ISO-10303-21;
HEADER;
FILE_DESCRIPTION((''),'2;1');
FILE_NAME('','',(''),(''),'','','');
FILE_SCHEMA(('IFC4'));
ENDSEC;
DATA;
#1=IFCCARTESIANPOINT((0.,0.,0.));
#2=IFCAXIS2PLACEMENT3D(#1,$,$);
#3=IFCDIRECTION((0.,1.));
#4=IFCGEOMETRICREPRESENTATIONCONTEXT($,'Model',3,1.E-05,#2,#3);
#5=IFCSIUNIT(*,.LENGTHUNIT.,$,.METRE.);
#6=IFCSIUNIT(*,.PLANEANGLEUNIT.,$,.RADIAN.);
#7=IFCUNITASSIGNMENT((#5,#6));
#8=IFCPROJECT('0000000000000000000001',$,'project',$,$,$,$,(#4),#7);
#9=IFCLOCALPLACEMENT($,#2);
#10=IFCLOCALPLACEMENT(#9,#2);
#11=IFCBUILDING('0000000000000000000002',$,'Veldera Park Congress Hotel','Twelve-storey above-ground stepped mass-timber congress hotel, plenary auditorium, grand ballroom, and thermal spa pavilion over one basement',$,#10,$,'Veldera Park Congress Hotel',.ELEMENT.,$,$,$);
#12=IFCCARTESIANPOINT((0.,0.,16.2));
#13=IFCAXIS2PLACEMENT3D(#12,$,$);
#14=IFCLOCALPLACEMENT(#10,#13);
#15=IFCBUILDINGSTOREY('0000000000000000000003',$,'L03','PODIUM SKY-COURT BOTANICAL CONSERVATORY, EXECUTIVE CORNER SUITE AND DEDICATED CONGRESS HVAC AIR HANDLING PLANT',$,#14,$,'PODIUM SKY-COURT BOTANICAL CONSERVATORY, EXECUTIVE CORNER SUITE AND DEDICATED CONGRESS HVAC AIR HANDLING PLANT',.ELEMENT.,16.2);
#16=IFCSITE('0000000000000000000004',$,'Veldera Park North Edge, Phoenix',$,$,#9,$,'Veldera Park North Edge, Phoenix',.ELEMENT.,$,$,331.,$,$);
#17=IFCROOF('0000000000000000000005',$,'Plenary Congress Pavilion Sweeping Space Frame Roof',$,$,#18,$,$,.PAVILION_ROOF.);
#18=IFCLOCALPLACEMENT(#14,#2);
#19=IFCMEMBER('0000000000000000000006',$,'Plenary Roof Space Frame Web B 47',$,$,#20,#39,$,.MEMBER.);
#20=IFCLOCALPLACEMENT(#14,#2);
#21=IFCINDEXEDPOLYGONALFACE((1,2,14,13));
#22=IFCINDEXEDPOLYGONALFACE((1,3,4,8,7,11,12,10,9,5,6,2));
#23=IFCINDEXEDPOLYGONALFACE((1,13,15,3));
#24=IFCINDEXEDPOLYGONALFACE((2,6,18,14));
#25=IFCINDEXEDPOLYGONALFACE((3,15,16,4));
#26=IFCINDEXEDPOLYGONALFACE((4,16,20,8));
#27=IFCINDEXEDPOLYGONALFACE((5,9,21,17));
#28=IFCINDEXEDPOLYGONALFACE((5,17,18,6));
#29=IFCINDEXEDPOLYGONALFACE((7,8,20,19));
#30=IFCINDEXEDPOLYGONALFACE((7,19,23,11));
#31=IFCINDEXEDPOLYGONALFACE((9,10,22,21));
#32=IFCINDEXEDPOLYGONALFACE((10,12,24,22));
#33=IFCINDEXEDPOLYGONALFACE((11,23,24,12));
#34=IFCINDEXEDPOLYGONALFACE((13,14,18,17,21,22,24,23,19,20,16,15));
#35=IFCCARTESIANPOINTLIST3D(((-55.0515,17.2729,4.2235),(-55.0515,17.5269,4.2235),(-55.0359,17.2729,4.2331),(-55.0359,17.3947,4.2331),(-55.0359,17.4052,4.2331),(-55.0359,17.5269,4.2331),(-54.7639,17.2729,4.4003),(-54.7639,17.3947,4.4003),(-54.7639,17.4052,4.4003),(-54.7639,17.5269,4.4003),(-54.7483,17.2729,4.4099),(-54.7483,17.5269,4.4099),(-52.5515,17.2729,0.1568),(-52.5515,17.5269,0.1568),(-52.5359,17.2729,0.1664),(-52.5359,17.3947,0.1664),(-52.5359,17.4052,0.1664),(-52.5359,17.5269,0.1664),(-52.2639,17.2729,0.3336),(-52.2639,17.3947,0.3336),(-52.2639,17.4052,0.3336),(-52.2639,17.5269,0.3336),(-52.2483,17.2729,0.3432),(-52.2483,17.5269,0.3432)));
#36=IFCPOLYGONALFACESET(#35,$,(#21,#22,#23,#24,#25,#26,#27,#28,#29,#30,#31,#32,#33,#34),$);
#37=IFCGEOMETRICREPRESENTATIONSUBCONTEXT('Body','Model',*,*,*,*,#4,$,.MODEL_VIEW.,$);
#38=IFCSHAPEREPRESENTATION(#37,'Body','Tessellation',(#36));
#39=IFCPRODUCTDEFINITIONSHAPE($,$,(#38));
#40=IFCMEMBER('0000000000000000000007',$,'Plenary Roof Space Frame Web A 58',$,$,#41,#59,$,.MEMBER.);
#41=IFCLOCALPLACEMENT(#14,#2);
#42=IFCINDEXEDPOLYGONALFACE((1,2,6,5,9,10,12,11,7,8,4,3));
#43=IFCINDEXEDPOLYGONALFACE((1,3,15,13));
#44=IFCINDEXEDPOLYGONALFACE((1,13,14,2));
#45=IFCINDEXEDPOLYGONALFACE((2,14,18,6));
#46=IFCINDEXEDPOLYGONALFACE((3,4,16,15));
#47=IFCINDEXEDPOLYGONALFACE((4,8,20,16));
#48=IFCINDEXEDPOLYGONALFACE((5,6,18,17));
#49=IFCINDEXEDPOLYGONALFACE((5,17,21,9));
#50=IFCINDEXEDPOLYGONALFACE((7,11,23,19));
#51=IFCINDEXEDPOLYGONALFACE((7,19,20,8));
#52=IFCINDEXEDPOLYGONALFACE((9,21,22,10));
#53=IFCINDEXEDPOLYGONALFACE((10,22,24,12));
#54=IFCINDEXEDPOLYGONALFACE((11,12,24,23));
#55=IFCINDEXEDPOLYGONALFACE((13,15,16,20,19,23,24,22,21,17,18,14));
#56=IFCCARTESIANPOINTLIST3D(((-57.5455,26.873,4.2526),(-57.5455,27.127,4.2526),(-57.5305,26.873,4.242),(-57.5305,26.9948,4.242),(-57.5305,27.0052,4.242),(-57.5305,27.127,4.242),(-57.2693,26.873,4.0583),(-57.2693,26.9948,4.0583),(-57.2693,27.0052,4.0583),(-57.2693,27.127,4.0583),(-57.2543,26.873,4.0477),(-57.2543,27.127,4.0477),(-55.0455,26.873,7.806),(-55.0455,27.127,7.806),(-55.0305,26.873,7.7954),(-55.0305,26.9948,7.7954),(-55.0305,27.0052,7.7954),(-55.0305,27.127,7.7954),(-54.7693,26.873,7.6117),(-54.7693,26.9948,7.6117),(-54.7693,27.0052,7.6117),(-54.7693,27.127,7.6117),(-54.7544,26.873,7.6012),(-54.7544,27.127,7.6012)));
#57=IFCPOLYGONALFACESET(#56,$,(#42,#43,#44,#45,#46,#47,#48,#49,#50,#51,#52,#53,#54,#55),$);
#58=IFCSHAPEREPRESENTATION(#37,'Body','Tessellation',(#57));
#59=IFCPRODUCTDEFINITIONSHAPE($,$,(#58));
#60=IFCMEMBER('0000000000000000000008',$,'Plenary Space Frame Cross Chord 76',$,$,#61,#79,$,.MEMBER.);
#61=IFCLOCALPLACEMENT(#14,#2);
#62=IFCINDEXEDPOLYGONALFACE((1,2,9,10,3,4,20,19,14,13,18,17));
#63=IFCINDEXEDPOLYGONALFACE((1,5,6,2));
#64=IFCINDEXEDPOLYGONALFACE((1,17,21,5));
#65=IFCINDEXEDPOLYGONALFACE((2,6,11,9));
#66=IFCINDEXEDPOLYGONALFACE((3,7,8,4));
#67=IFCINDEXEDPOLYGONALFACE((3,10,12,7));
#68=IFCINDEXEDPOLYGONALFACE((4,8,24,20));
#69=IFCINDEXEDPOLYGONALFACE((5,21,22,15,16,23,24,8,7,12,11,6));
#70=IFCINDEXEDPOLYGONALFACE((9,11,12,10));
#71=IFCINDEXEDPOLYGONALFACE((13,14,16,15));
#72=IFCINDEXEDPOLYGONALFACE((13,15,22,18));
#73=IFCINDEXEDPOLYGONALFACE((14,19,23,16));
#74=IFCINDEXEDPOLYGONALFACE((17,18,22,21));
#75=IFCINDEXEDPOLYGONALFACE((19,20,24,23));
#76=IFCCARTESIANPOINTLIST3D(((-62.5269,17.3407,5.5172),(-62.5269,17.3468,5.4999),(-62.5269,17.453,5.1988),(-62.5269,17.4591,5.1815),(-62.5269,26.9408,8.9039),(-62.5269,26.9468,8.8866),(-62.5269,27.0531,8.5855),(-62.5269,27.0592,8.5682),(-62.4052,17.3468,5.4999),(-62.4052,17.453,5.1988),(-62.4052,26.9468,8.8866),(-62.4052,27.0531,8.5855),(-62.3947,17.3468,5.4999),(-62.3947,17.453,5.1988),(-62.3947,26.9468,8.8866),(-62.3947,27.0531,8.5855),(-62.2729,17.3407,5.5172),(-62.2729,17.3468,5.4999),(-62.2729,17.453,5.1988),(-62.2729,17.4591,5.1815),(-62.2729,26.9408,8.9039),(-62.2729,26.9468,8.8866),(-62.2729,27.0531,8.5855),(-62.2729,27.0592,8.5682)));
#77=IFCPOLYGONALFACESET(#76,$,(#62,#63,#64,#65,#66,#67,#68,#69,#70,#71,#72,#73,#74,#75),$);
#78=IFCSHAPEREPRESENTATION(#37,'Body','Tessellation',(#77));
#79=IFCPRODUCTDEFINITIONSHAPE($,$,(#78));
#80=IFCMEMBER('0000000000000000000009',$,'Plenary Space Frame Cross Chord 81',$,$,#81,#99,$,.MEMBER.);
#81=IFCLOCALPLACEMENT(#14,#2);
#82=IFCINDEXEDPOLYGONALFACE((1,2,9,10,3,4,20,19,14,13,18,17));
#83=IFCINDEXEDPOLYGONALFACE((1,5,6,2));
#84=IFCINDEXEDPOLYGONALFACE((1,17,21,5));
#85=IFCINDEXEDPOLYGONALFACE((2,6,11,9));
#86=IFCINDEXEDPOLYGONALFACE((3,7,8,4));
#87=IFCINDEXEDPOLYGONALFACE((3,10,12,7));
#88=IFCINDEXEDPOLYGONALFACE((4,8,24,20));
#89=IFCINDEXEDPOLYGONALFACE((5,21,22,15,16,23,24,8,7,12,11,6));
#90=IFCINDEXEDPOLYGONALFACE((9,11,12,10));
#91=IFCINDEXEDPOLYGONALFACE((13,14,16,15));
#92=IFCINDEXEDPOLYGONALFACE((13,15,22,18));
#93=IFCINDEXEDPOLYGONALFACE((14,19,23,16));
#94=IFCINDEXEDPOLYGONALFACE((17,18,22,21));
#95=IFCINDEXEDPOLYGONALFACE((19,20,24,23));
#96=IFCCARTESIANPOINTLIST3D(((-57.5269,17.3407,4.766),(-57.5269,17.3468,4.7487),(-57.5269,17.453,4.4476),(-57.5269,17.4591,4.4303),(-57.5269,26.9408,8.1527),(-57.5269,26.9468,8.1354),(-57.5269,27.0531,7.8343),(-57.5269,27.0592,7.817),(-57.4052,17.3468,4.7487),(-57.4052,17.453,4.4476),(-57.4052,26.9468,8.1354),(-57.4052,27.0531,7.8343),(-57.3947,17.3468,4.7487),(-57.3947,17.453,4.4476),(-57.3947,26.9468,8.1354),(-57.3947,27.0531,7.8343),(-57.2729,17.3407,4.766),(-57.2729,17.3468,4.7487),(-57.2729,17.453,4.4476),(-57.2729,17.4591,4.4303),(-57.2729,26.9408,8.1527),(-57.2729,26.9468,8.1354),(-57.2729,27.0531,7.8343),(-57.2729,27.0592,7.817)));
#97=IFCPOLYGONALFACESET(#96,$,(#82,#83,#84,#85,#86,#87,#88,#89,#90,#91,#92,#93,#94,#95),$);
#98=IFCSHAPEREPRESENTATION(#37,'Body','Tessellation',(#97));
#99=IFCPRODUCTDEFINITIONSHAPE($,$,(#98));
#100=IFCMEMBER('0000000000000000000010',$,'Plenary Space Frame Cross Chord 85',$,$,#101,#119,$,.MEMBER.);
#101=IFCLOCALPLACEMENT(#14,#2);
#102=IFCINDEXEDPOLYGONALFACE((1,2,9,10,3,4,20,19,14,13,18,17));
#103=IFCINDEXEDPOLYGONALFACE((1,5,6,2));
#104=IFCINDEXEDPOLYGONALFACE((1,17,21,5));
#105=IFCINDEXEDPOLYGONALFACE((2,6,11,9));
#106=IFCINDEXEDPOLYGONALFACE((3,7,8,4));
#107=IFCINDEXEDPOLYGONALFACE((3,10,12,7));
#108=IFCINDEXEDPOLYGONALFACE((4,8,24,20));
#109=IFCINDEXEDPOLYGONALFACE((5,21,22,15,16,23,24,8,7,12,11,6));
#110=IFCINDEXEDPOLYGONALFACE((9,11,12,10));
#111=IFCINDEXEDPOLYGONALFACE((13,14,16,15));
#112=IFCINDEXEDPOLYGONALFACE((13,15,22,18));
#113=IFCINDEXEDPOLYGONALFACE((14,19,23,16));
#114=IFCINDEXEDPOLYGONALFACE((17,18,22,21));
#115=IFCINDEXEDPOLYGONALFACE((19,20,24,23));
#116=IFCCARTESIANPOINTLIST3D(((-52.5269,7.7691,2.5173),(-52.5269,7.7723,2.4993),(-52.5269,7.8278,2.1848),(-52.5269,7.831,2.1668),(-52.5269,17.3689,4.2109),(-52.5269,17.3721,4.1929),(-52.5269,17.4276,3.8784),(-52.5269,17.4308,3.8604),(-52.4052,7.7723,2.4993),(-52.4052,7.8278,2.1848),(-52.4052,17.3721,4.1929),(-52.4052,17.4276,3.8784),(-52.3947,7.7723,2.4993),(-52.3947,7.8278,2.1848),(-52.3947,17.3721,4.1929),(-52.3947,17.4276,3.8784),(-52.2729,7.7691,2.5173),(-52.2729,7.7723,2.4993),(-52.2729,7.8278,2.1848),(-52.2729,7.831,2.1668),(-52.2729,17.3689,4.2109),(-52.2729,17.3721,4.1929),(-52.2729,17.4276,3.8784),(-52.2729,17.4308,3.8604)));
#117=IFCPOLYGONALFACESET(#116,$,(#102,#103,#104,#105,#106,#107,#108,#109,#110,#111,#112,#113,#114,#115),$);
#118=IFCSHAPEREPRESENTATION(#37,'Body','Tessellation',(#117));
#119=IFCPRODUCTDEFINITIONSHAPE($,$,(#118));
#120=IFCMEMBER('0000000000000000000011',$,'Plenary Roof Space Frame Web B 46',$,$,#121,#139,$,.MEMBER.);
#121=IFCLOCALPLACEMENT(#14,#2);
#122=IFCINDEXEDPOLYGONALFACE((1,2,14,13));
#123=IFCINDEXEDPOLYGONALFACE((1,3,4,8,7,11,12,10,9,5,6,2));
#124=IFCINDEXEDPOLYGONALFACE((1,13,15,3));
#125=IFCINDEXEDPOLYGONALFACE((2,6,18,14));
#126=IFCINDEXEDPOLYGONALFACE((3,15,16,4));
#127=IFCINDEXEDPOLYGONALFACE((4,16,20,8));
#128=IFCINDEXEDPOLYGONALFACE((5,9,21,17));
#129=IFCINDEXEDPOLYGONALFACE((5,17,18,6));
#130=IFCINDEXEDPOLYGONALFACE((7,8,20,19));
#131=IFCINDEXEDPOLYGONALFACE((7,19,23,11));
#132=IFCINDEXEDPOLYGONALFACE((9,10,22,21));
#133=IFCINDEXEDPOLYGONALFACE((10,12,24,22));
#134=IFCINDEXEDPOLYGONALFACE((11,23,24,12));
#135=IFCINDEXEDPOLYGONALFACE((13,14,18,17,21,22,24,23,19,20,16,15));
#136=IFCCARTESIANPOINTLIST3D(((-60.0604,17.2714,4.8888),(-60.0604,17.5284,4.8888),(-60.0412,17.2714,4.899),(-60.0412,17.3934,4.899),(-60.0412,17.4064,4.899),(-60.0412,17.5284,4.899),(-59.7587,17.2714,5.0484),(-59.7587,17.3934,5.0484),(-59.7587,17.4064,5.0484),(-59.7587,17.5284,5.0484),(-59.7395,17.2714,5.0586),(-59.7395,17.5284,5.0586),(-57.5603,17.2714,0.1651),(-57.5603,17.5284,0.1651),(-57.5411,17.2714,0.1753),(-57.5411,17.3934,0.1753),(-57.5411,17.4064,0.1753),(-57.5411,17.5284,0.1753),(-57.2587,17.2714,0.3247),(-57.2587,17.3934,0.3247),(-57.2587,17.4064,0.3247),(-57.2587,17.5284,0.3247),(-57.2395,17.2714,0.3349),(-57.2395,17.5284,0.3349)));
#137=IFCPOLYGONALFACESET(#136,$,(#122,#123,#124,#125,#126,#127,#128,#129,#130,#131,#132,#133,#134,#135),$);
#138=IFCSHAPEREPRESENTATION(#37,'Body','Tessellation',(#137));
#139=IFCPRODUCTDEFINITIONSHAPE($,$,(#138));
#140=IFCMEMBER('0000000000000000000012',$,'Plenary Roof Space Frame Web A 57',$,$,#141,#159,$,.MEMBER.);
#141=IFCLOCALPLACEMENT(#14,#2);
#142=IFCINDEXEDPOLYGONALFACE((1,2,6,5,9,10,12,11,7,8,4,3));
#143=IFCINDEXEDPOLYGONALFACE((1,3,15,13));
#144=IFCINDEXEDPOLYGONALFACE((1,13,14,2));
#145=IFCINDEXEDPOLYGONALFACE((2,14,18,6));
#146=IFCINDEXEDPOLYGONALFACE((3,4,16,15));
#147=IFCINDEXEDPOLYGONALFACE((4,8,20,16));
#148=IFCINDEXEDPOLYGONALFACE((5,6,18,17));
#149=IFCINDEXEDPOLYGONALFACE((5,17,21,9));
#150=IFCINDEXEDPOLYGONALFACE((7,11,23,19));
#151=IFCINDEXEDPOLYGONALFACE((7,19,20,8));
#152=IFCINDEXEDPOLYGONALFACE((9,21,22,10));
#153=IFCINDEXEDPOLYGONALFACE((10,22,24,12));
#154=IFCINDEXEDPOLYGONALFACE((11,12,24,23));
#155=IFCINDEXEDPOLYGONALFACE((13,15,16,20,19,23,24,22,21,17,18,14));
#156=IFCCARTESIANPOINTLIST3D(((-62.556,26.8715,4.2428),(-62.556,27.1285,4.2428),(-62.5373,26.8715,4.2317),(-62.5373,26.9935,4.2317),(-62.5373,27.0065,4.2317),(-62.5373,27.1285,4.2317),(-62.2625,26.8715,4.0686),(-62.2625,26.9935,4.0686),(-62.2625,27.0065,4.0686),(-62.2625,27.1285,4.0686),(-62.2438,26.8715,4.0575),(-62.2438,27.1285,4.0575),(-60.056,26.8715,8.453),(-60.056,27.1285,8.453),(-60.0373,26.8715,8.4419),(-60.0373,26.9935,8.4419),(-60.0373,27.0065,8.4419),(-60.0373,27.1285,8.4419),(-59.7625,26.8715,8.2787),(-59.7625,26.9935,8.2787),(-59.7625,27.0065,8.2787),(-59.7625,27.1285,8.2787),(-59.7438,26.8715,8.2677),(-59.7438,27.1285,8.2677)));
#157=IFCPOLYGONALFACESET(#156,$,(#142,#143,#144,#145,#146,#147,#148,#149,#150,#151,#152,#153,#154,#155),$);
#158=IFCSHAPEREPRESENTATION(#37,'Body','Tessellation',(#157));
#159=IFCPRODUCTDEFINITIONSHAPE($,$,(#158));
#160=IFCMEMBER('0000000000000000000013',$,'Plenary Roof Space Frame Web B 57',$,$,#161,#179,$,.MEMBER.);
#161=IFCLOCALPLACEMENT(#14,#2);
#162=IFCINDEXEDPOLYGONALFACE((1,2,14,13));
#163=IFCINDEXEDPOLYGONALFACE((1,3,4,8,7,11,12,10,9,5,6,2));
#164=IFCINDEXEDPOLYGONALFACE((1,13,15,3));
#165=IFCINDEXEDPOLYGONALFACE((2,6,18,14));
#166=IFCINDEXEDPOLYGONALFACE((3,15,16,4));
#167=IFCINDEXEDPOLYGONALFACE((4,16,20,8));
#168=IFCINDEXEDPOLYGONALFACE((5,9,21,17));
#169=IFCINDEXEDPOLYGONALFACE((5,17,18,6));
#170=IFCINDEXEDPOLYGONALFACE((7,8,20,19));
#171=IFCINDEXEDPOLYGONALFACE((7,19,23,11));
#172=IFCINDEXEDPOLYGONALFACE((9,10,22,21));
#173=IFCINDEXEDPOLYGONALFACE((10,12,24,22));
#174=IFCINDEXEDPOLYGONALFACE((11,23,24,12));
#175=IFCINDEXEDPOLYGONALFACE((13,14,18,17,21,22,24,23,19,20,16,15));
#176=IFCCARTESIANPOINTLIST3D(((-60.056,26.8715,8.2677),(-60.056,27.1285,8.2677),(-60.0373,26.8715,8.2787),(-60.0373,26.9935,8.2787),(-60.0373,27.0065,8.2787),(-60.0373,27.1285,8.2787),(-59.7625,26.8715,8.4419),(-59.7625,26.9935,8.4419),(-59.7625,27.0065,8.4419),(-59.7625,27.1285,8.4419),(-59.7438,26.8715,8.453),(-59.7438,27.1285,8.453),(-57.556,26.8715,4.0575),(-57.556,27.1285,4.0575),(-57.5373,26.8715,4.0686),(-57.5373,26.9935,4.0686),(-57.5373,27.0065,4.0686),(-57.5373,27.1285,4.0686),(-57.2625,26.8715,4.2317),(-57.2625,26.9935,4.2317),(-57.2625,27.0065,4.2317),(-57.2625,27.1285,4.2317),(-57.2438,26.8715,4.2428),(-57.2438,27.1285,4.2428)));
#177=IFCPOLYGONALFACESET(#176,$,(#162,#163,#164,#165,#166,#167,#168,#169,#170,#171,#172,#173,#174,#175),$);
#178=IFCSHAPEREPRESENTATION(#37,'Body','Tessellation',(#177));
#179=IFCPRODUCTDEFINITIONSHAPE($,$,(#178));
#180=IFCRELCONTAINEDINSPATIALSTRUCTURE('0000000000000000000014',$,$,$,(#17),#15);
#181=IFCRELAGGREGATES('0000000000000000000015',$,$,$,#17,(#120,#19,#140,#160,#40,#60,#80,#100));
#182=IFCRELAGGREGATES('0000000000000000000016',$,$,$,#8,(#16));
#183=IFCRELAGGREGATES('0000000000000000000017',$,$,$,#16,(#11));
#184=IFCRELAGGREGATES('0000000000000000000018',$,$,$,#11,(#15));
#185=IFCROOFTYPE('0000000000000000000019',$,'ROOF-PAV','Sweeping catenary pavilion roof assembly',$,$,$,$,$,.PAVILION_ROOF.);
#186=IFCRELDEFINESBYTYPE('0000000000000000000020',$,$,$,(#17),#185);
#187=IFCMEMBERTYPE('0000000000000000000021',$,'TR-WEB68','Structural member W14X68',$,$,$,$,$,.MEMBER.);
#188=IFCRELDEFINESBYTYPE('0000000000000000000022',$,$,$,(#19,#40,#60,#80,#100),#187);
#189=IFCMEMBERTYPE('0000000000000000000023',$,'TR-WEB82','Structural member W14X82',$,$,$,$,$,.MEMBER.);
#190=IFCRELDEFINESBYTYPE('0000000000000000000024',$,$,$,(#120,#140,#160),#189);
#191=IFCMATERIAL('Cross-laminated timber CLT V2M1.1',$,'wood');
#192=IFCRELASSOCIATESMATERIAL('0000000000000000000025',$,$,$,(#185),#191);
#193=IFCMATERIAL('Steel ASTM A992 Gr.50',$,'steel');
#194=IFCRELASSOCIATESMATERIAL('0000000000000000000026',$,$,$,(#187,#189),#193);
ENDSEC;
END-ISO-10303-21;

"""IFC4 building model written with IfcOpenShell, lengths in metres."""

from ifc_helpers import new_model, si_unit, direction, frame, origin, origin_2d, place, context, subcontext, project, spatial, i_section, extrude, material, material_profile, profile_set, type_object, element, aggregate, save


model = new_model("IFC4")

# Units and contexts
model_context = context("Model", 3, precision=1e-05, world=origin(), true_north=direction((0.0, 1.0)))
body_context = subcontext(model_context, "Body", "Model", "MODEL_VIEW")
ifc_project = project(units=[si_unit("LENGTHUNIT", "METRE"), si_unit("PLANEANGLEUNIT", "RADIAN")], contexts=[model_context])

# Site, building, storey
site_placement = place(None, origin())
site = spatial("IfcSite", under=ifc_project, at=site_placement, Name="Veldera Park North Edge, Phoenix", LongName="Veldera Park North Edge, Phoenix", CompositionType="ELEMENT", RefElevation=331.0)
building_placement = place(site_placement, origin())
building = spatial("IfcBuilding", under=site, at=building_placement, Name="Veldera Park Congress Hotel", Description="Twelve-storey above-ground stepped mass-timber congress hotel, plenary auditorium, grand ballroom, and thermal spa pavilion over one basement", LongName="Veldera Park Congress Hotel", CompositionType="ELEMENT")
storey_placement = place(building_placement, frame((0.0, 0.0, 16.2)))
storey = spatial("IfcBuildingStorey", under=building, at=storey_placement, Name="L03", Description="PODIUM SKY-COURT BOTANICAL CONSERVATORY, EXECUTIVE CORNER SUITE AND DEDICATED CONGRESS HVAC AIR HANDLING PLANT", LongName="PODIUM SKY-COURT BOTANICAL CONSERVATORY, EXECUTIVE CORNER SUITE AND DEDICATED CONGRESS HVAC AIR HANDLING PLANT", CompositionType="ELEMENT", Elevation=16.2)

# Shared definitions
ifc_material_1 = material(Name="Steel ASTM A992 Gr.50", Category="steel")

# Roof, members
ifc_material_2 = material(Name="Cross-laminated timber CLT V2M1.1", Category="wood")
roof_type = type_object("IfcRoofType", Name="ROOF-PAV", Description="Sweeping catenary pavilion roof assembly", PredefinedType="PAVILION_ROOF", material=ifc_material_2)
roof_placement = place(storey_placement, origin())
roof = element("IfcRoof", 1, at=roof_placement, inside=storey, type_object=roof_type, Name="Plenary Congress Pavilion Sweeping Space Frame Roof", PredefinedType="PAVILION_ROOF")
ifc_material_profile_1 = material_profile(ifc_material_1, i_section(OverallWidth=0.2539, OverallDepth=0.356, WebThickness=0.0105, FlangeThickness=0.0183, at=origin_2d()), Name="W14X68")
ifc_profile_set_1 = profile_set([ifc_material_profile_1], Name="Steel ASTM A992 Gr.50")
member_type_1 = type_object("IfcMemberType", Name="TR-WEB68", Description="Structural member W14X68", PredefinedType="MEMBER", material=ifc_profile_set_1)
member_1_placement = place(storey_placement, frame((-52.3999, 17.3999, 0.25), z_axis=(-0.523709, 0.0, 0.851897), x_axis=(0.0, -1.0, 0.0)))
member_1 = element("IfcMember", 2, at=member_1_placement, type_object=member_type_1, Name="Plenary Roof Space Frame Web B 47", PredefinedType="MEMBER", context=body_context, shape_type="SweptSolid", body=[
    extrude(i_section(OverallWidth=0.2539, OverallDepth=0.356, WebThickness=0.0105, FlangeThickness=0.0183, at=origin_2d()), origin(), (0.0, 0.0, 1.0), 4.7737),
])
member_2_placement = place(storey_placement, frame((-57.3999, 27.0, 4.1501), z_axis=(0.575403, 0.0, 0.81787), x_axis=(0.0, 1.0, 0.0)))
member_2 = element("IfcMember", 3, at=member_2_placement, type_object=member_type_1, Name="Plenary Roof Space Frame Web A 58", PredefinedType="MEMBER", context=body_context, shape_type="SweptSolid", body=[
    extrude(i_section(OverallWidth=0.2539, OverallDepth=0.356, WebThickness=0.0105, FlangeThickness=0.0183, at=origin_2d()), origin(), (0.0, 0.0, 1.0), 4.3447),
])
member_3_placement = place(storey_placement, frame((-62.3999, 17.3999, 5.3494), z_axis=(0.0, 0.943038, 0.332685), x_axis=(-1.0, 0.0, 0.0)))
member_3 = element("IfcMember", 4, at=member_3_placement, type_object=member_type_1, Name="Plenary Space Frame Cross Chord 76", PredefinedType="MEMBER", context=body_context, shape_type="SweptSolid", body=[
    extrude(i_section(OverallWidth=0.2539, OverallDepth=0.356, WebThickness=0.0105, FlangeThickness=0.0183, at=origin_2d()), origin(), (0.0, 0.0, 1.0), 10.1799),
])
member_4_placement = place(storey_placement, frame((-57.3999, 17.3999, 4.5981), z_axis=(0.0, 0.943038, 0.332685), x_axis=(-1.0, 0.0, 0.0)))
member_4 = element("IfcMember", 5, at=member_4_placement, type_object=member_type_1, Name="Plenary Space Frame Cross Chord 81", PredefinedType="MEMBER", context=body_context, shape_type="SweptSolid", body=[
    extrude(i_section(OverallWidth=0.2539, OverallDepth=0.356, WebThickness=0.0105, FlangeThickness=0.0183, at=origin_2d()), origin(), (0.0, 0.0, 1.0), 10.1799),
])
member_5_placement = place(storey_placement, frame((-52.3999, 7.8, 2.342), z_axis=(0.0, 0.984792, 0.173737), x_axis=(-1.0, 0.0, 0.0)))
member_5 = element("IfcMember", 6, at=member_5_placement, type_object=member_type_1, Name="Plenary Space Frame Cross Chord 85", PredefinedType="MEMBER", context=body_context, shape_type="SweptSolid", body=[
    extrude(i_section(OverallWidth=0.2539, OverallDepth=0.356, WebThickness=0.0105, FlangeThickness=0.0183, at=origin_2d()), origin(), (0.0, 0.0, 1.0), 9.748),
])
ifc_material_profile_2 = material_profile(ifc_material_1, i_section(OverallWidth=0.2571, OverallDepth=0.363, WebThickness=0.0129, FlangeThickness=0.0217, at=origin_2d()), Name="W14X82")
ifc_profile_set_2 = profile_set([ifc_material_profile_2], Name="Steel ASTM A992 Gr.50")
member_type_2 = type_object("IfcMemberType", Name="TR-WEB82", Description="Structural member W14X82", PredefinedType="MEMBER", material=ifc_profile_set_2)
member_6_placement = place(storey_placement, frame((-57.3999, 17.3999, 0.25), z_axis=(-0.467779, 0.0, 0.883846), x_axis=(0.0, -1.0, 0.0)))
member_6 = element("IfcMember", 7, at=member_6_placement, type_object=member_type_2, Name="Plenary Roof Space Frame Web B 46", PredefinedType="MEMBER", context=body_context, shape_type="SweptSolid", body=[
    extrude(i_section(OverallWidth=0.2571, OverallDepth=0.363, WebThickness=0.0129, FlangeThickness=0.0217, at=origin_2d()), origin(), (0.0, 0.0, 1.0), 5.3445),
])
member_7_placement = place(storey_placement, frame((-62.3999, 27.0, 4.1501), z_axis=(0.510568, 0.0, 0.859838), x_axis=(0.0, 1.0, 0.0)))
member_7 = element("IfcMember", 8, at=member_7_placement, type_object=member_type_2, Name="Plenary Roof Space Frame Web A 57", PredefinedType="MEMBER", context=body_context, shape_type="SweptSolid", body=[
    extrude(i_section(OverallWidth=0.2571, OverallDepth=0.363, WebThickness=0.0129, FlangeThickness=0.0217, at=origin_2d()), origin(), (0.0, 0.0, 1.0), 4.8965),
])
member_8_placement = place(storey_placement, frame((-57.3999, 27.0, 4.1501), z_axis=(-0.510568, 0.0, 0.859838), x_axis=(0.0, -1.0, 0.0)))
member_8 = element("IfcMember", 9, at=member_8_placement, type_object=member_type_2, Name="Plenary Roof Space Frame Web B 57", PredefinedType="MEMBER", context=body_context, shape_type="SweptSolid", body=[
    extrude(i_section(OverallWidth=0.2571, OverallDepth=0.363, WebThickness=0.0129, FlangeThickness=0.0217, at=origin_2d()), origin(), (0.0, 0.0, 1.0), 4.8965),
])
aggregate(roof, [member_6, member_1, member_7, member_8, member_2, member_3, member_4, member_5])

save(model, "model.ifc")
